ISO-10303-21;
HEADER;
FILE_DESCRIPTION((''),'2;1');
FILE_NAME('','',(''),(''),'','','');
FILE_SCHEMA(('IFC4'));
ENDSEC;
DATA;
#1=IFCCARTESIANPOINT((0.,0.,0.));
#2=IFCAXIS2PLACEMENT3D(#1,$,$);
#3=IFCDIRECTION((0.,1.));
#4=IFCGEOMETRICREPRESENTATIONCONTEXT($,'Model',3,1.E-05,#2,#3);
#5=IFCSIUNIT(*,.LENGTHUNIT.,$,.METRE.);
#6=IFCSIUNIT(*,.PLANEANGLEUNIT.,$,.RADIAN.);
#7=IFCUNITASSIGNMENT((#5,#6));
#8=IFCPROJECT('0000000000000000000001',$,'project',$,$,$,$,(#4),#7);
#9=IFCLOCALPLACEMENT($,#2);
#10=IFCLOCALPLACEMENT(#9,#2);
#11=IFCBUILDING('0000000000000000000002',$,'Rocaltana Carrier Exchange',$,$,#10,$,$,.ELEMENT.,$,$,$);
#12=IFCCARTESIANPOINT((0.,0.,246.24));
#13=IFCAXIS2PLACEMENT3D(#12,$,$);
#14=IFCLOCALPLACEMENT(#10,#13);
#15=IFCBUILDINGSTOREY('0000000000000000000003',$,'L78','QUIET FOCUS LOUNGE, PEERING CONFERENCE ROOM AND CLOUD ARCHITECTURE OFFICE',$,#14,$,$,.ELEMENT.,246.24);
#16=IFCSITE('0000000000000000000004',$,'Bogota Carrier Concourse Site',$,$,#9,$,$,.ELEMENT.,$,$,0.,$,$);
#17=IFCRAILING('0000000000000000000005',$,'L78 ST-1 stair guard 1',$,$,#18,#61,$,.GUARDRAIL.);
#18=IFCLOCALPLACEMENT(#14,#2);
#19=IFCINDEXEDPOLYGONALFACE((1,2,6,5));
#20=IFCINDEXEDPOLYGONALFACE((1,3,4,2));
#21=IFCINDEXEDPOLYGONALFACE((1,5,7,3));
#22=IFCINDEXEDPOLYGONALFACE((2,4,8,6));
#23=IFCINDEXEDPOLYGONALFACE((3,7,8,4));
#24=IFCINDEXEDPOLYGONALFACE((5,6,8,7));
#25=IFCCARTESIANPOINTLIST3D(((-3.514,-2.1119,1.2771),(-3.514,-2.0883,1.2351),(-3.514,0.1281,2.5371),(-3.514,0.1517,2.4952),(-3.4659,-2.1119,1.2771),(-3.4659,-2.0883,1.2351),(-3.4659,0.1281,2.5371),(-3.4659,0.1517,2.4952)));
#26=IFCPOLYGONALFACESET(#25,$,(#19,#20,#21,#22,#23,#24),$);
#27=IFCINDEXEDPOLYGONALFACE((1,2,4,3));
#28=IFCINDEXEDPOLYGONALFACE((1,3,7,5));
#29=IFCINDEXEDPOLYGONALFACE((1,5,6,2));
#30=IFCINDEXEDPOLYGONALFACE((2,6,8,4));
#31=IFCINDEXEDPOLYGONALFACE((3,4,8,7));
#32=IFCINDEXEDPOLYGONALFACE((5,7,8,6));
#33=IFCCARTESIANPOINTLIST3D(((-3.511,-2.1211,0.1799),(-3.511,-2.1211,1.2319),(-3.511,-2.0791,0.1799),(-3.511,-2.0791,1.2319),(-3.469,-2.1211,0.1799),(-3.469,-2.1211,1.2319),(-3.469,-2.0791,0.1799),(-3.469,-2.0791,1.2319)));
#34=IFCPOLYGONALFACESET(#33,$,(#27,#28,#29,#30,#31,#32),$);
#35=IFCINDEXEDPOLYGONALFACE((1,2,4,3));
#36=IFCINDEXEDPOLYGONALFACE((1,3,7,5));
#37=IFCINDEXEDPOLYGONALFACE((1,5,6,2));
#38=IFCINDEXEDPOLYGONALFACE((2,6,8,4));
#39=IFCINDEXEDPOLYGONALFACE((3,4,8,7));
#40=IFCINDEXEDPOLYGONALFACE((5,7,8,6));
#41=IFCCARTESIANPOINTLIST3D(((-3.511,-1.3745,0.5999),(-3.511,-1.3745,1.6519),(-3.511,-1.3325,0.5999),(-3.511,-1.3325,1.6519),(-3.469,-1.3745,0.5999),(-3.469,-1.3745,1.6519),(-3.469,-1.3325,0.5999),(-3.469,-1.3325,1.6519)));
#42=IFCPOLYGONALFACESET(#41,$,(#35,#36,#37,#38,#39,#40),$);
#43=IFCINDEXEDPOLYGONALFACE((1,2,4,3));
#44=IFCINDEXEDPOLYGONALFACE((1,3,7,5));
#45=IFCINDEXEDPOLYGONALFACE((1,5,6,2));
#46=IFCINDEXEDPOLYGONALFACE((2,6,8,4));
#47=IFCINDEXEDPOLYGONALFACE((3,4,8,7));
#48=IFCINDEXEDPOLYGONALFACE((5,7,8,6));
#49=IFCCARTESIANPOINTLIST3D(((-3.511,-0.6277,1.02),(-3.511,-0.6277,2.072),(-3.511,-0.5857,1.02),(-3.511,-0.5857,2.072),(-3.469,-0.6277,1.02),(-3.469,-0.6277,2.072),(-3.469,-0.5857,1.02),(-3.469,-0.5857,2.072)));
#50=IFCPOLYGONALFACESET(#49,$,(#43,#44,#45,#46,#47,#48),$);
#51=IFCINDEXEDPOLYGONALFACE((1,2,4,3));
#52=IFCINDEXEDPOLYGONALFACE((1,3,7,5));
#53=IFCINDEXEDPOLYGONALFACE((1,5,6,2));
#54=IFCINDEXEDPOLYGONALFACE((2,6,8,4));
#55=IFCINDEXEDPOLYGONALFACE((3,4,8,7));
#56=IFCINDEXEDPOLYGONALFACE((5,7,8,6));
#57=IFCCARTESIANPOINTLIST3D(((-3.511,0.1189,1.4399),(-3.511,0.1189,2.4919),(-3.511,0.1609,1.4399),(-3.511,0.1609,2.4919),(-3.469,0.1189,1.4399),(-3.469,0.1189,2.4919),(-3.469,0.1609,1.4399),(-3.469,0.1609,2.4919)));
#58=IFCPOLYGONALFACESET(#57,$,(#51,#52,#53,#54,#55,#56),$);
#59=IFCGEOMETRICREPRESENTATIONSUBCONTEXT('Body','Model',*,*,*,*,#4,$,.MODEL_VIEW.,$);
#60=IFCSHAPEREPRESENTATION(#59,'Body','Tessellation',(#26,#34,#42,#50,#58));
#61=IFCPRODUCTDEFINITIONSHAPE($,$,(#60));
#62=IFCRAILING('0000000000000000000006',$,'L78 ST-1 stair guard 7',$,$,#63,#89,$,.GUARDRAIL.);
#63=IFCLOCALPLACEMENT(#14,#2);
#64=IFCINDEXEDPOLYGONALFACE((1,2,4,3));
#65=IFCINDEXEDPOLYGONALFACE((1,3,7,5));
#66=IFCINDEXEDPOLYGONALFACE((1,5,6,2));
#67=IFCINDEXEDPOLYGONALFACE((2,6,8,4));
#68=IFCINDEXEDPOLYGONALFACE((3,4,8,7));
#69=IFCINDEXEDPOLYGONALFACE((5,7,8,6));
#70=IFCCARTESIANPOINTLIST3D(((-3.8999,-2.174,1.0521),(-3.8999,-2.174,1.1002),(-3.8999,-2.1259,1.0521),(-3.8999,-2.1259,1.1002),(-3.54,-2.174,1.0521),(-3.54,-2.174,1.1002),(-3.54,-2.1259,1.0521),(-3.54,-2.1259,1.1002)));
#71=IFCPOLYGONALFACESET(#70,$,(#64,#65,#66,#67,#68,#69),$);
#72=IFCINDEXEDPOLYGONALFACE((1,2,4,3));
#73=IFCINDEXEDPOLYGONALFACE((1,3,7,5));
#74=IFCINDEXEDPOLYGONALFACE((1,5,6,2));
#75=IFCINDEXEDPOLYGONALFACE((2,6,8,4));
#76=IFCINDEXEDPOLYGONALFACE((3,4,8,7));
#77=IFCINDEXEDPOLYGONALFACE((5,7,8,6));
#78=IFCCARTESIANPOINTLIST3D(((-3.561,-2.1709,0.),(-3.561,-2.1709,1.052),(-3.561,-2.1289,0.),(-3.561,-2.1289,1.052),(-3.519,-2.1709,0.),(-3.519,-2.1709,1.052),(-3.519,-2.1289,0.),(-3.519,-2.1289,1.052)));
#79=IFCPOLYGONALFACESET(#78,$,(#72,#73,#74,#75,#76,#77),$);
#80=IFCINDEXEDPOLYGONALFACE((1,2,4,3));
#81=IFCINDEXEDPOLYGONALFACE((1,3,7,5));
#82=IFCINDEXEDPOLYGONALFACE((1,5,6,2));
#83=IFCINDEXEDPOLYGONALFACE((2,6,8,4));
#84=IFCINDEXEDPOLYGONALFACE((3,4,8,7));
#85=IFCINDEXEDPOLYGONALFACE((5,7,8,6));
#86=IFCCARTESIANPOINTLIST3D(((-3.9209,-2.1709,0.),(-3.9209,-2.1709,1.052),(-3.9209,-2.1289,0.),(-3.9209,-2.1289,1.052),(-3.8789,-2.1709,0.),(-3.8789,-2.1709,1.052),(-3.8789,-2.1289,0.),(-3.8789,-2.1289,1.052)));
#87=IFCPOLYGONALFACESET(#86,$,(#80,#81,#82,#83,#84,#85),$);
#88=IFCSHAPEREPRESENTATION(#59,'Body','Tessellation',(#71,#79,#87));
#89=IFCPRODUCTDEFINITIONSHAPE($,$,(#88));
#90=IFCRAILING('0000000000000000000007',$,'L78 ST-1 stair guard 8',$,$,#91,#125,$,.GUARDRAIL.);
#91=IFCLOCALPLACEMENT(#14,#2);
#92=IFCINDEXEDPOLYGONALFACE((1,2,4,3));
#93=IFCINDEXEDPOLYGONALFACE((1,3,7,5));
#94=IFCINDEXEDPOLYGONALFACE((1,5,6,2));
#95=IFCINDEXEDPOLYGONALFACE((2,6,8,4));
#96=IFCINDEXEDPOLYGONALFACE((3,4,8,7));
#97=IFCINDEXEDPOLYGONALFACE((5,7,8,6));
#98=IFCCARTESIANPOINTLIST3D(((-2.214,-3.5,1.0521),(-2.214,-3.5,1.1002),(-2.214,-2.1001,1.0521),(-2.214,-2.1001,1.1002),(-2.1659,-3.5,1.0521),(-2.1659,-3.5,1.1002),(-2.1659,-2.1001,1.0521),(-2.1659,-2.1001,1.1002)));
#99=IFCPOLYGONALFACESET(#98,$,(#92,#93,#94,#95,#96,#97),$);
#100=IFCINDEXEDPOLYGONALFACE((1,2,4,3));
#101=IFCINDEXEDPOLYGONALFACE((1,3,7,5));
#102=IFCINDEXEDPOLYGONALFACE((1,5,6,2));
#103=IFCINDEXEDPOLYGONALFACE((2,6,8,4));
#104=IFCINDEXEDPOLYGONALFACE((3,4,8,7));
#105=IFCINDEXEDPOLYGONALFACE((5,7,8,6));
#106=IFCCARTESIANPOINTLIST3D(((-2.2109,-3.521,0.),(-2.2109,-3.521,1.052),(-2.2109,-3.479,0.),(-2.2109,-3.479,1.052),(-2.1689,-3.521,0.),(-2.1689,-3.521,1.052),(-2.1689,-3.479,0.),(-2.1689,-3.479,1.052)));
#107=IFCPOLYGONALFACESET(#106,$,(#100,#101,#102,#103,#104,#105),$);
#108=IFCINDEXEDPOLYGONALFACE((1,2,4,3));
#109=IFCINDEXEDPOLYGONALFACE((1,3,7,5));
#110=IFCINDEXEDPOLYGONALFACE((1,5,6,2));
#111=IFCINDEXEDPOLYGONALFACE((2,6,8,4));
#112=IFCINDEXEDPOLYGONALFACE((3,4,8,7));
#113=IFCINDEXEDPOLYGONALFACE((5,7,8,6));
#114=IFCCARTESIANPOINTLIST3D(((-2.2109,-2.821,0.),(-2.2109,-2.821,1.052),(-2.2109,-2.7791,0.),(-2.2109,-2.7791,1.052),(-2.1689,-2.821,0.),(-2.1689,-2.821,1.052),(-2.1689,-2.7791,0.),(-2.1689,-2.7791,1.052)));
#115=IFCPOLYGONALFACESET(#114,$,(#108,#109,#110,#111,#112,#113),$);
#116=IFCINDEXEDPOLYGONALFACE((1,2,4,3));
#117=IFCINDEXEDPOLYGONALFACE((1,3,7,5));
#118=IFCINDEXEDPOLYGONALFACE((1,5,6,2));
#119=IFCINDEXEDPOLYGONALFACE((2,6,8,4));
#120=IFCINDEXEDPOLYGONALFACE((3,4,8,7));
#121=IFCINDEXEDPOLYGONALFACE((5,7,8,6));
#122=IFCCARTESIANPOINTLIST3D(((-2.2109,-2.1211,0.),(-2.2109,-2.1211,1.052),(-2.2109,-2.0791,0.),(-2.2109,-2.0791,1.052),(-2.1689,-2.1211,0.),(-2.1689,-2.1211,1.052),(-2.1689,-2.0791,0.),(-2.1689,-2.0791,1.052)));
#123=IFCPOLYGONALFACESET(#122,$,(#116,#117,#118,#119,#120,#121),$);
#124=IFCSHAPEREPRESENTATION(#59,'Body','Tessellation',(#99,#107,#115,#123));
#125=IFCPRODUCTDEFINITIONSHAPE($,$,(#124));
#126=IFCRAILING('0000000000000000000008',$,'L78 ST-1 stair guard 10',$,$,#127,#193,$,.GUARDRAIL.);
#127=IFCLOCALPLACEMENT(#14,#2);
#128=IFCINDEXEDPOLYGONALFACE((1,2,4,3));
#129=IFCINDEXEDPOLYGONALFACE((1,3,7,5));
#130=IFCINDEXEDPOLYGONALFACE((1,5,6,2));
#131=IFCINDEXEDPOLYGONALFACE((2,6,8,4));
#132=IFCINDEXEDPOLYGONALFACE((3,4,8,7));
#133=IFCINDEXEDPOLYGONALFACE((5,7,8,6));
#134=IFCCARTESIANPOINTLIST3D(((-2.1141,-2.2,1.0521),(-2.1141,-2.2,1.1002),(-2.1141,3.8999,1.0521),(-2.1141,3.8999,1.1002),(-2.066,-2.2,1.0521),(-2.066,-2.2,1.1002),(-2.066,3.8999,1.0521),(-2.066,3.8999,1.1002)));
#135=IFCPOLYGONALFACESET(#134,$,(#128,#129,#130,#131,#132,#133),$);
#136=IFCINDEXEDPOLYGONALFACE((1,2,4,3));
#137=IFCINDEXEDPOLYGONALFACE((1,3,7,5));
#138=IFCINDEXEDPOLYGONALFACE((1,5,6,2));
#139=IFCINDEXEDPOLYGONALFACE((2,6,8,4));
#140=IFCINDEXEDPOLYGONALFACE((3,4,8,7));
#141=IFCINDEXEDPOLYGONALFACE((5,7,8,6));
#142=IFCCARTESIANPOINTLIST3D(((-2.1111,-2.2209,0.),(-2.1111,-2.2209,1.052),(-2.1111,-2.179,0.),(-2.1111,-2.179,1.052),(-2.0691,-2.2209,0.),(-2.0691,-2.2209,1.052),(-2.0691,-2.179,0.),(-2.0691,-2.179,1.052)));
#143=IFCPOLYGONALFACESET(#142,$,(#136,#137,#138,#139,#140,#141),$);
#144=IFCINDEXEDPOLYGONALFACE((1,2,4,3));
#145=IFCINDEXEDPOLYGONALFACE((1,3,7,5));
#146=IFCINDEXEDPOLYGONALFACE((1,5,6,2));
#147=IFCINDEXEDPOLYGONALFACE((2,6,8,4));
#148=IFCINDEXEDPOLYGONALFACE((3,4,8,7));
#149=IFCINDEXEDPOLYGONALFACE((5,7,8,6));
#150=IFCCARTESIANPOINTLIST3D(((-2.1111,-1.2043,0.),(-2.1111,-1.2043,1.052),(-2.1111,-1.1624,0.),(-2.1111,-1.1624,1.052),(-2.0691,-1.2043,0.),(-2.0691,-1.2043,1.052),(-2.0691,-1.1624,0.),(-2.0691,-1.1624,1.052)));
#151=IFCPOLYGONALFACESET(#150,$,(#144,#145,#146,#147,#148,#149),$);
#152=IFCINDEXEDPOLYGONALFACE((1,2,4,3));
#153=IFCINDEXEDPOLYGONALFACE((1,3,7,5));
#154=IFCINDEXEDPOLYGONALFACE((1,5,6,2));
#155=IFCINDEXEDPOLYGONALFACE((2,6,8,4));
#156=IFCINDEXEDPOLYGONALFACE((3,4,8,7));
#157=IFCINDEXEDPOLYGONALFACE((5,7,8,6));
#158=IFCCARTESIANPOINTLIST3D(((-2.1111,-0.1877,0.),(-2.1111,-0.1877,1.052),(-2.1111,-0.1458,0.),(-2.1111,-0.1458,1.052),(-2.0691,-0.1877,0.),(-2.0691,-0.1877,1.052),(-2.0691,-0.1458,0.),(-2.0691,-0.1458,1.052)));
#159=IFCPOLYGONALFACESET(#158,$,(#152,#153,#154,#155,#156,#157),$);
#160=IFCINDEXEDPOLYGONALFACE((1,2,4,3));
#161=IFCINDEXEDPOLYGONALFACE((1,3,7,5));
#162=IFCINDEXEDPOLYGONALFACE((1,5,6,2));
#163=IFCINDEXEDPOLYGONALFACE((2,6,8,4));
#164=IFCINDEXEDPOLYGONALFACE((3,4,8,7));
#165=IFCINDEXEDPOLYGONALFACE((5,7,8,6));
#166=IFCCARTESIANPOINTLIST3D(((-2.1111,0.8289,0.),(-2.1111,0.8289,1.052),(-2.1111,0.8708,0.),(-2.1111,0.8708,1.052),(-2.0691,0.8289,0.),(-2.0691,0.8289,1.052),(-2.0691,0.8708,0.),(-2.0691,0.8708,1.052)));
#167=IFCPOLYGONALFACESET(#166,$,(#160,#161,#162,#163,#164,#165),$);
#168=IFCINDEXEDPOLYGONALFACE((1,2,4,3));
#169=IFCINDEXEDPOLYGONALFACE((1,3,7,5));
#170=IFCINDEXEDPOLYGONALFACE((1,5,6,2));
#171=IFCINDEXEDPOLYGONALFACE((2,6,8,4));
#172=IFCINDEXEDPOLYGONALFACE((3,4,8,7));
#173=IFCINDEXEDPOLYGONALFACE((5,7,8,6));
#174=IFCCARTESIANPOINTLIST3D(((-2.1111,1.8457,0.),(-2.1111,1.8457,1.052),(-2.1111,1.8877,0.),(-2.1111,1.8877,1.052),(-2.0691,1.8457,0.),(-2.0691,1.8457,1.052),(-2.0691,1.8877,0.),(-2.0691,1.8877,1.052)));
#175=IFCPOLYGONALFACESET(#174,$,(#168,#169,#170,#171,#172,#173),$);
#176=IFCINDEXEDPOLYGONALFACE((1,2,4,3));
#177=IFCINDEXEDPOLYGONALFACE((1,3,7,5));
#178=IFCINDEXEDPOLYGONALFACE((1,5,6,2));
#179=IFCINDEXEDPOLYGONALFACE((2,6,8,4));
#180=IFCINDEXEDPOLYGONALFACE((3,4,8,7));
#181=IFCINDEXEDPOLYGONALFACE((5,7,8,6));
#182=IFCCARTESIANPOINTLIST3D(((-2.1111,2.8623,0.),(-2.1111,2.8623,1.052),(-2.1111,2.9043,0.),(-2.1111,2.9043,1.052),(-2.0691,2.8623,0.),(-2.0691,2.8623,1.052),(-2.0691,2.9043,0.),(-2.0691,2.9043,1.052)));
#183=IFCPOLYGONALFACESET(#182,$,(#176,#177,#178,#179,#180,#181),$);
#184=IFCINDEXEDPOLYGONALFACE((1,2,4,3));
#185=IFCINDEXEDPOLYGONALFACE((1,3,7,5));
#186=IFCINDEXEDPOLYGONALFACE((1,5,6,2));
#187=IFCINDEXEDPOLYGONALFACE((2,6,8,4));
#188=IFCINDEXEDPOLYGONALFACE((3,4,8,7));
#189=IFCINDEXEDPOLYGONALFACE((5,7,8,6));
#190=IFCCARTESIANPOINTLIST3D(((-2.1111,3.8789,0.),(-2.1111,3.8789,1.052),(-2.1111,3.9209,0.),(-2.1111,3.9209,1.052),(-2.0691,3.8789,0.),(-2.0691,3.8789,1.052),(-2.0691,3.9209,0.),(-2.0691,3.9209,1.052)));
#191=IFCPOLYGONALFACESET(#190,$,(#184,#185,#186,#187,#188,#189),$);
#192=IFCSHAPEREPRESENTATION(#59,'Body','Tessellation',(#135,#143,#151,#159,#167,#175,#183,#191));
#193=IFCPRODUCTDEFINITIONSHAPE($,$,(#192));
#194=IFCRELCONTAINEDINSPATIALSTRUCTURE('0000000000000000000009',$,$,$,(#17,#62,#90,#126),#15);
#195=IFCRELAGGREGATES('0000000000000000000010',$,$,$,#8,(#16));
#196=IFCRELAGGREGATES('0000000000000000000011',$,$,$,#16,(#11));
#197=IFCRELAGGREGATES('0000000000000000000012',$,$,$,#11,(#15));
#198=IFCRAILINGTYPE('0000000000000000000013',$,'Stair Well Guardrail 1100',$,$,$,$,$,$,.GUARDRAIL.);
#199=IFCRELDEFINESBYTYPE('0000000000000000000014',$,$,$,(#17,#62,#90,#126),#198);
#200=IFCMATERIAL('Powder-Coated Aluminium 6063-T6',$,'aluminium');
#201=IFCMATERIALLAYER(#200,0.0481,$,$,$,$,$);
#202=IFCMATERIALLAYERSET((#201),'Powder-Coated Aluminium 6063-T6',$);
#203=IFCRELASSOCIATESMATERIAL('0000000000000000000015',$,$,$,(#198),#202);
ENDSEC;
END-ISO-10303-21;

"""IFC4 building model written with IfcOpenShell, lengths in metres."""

from ifc_helpers import new_model, si_unit, direction, frame, origin, origin_2d, place, context, subcontext, project, spatial, rectangle, extrude, material, layer, layer_set, type_object, element, save


model = new_model("IFC4")

# Units and contexts
model_context = context("Model", 3, precision=1e-05, world=origin(), true_north=direction((0.0, 1.0)))
body_context = subcontext(model_context, "Body", "Model", "MODEL_VIEW")
ifc_project = project(units=[si_unit("LENGTHUNIT", "METRE"), si_unit("PLANEANGLEUNIT", "RADIAN")], contexts=[model_context])

# Site, building, storey
site_placement = place(None, origin())
site = spatial("IfcSite", under=ifc_project, at=site_placement, Name="Bogota Carrier Concourse Site", CompositionType="ELEMENT", RefElevation=0.0)
building_placement = place(site_placement, origin())
building = spatial("IfcBuilding", under=site, at=building_placement, Name="Rocaltana Carrier Exchange", CompositionType="ELEMENT")
storey_placement = place(building_placement, frame((0.0, 0.0, 246.24)))
storey = spatial("IfcBuildingStorey", under=building, at=storey_placement, Name="L78", Description="QUIET FOCUS LOUNGE, PEERING CONFERENCE ROOM AND CLOUD ARCHITECTURE OFFICE", CompositionType="ELEMENT", Elevation=246.24)

# Railings
ifc_material_1 = material(Name="Powder-Coated Aluminium 6063-T6", Category="aluminium")
ifc_layer_1 = layer(ifc_material_1, 0.0481)
ifc_layer_set_1 = layer_set([ifc_layer_1], Name="Powder-Coated Aluminium 6063-T6")
railing_type_1 = type_object("IfcRailingType", Name="Stair Well Guardrail 1100", PredefinedType="GUARDRAIL", material=ifc_layer_set_1)
railing_1_placement = place(storey_placement, frame((-3.49, -2.1001, 0.1799)))
element("IfcRailing", 1, at=railing_1_placement, inside=storey, type_object=railing_type_1, Name="L78 ST-1 stair guard 1", PredefinedType="GUARDRAIL", context=body_context, shape_type="SweptSolid", body=[
    extrude(rectangle(XDim=0.0481, YDim=0.0481, at=origin_2d()), frame((0.0, 0.0, 1.0762), z_axis=(0.0, 0.871573, 0.490266), x_axis=(-1.0, 0.0, 0.0)), (0.0, 0.0, 1.0), 2.5701),
    extrude(rectangle(XDim=0.042, YDim=0.042, at=origin_2d()), origin(), (0.0, 0.0, 1.0), 1.052),
    extrude(rectangle(XDim=0.042, YDim=0.042, at=origin_2d()), frame((0.0, 0.7466, 0.4199)), (0.0, 0.0, 1.0), 1.052),
    extrude(rectangle(XDim=0.042, YDim=0.042, at=origin_2d()), frame((0.0, 1.4934, 0.8401)), (0.0, 0.0, 1.0), 1.052),
    extrude(rectangle(XDim=0.042, YDim=0.042, at=origin_2d()), frame((0.0, 2.24, 1.26)), (0.0, 0.0, 1.0), 1.052),
])
railing_2_placement = place(storey_placement, frame((-3.54, -2.1499, 0.0)))
element("IfcRailing", 2, at=railing_2_placement, inside=storey, type_object=railing_type_1, Name="L78 ST-1 stair guard 7", PredefinedType="GUARDRAIL", context=body_context, shape_type="SweptSolid", body=[
    extrude(rectangle(XDim=0.0481, YDim=0.0481, at=origin_2d()), frame((0.0, 0.0, 1.0762), z_axis=(-1.0, 0.0, 0.0), x_axis=(0.0, -1.0, 0.0)), (0.0, 0.0, 1.0), 0.3599),
    extrude(rectangle(XDim=0.042, YDim=0.042, at=origin_2d()), origin(), (0.0, 0.0, 1.0), 1.052),
    extrude(rectangle(XDim=0.042, YDim=0.042, at=origin_2d()), frame((-0.3599, 0.0, 0.0)), (0.0, 0.0, 1.0), 1.052),
])
railing_3_placement = place(storey_placement, frame((-2.1899, -3.5, 0.0)))
element("IfcRailing", 3, at=railing_3_placement, inside=storey, type_object=railing_type_1, Name="L78 ST-1 stair guard 8", PredefinedType="GUARDRAIL", context=body_context, shape_type="SweptSolid", body=[
    extrude(rectangle(XDim=0.0481, YDim=0.0481, at=origin_2d()), frame((0.0, 0.0, 1.0762), z_axis=(0.0, 1.0, 0.0), x_axis=(-1.0, 0.0, 0.0)), (0.0, 0.0, 1.0), 1.3999),
    extrude(rectangle(XDim=0.042, YDim=0.042, at=origin_2d()), origin(), (0.0, 0.0, 1.0), 1.052),
    extrude(rectangle(XDim=0.042, YDim=0.042, at=origin_2d()), frame((0.0, 0.7, 0.0)), (0.0, 0.0, 1.0), 1.052),
    extrude(rectangle(XDim=0.042, YDim=0.042, at=origin_2d()), frame((0.0, 1.3999, 0.0)), (0.0, 0.0, 1.0), 1.052),
])
railing_4_placement = place(storey_placement, frame((-2.0901, -2.2, 0.0)))
element("IfcRailing", 4, at=railing_4_placement, inside=storey, type_object=railing_type_1, Name="L78 ST-1 stair guard 10", PredefinedType="GUARDRAIL", context=body_context, shape_type="SweptSolid", body=[
    extrude(rectangle(XDim=0.0481, YDim=0.0481, at=origin_2d()), frame((0.0, 0.0, 1.0762), z_axis=(0.0, 1.0, 0.0), x_axis=(-1.0, 0.0, 0.0)), (0.0, 0.0, 1.0), 6.0999),
    extrude(rectangle(XDim=0.042, YDim=0.042, at=origin_2d()), origin(), (0.0, 0.0, 1.0), 1.052),
    extrude(rectangle(XDim=0.042, YDim=0.042, at=origin_2d()), frame((0.0, 1.0166, 0.0)), (0.0, 0.0, 1.0), 1.052),
    extrude(rectangle(XDim=0.042, YDim=0.042, at=origin_2d()), frame((0.0, 2.0332, 0.0)), (0.0, 0.0, 1.0), 1.052),
    extrude(rectangle(XDim=0.042, YDim=0.042, at=origin_2d()), frame((0.0, 3.0498, 0.0)), (0.0, 0.0, 1.0), 1.052),
    extrude(rectangle(XDim=0.042, YDim=0.042, at=origin_2d()), frame((0.0, 4.0667, 0.0)), (0.0, 0.0, 1.0), 1.052),
    extrude(rectangle(XDim=0.042, YDim=0.042, at=origin_2d()), frame((0.0, 5.0833, 0.0)), (0.0, 0.0, 1.0), 1.052),
    extrude(rectangle(XDim=0.042, YDim=0.042, at=origin_2d()), frame((0.0, 6.0999, 0.0)), (0.0, 0.0, 1.0), 1.052),
])

save(model, "model.ifc")
